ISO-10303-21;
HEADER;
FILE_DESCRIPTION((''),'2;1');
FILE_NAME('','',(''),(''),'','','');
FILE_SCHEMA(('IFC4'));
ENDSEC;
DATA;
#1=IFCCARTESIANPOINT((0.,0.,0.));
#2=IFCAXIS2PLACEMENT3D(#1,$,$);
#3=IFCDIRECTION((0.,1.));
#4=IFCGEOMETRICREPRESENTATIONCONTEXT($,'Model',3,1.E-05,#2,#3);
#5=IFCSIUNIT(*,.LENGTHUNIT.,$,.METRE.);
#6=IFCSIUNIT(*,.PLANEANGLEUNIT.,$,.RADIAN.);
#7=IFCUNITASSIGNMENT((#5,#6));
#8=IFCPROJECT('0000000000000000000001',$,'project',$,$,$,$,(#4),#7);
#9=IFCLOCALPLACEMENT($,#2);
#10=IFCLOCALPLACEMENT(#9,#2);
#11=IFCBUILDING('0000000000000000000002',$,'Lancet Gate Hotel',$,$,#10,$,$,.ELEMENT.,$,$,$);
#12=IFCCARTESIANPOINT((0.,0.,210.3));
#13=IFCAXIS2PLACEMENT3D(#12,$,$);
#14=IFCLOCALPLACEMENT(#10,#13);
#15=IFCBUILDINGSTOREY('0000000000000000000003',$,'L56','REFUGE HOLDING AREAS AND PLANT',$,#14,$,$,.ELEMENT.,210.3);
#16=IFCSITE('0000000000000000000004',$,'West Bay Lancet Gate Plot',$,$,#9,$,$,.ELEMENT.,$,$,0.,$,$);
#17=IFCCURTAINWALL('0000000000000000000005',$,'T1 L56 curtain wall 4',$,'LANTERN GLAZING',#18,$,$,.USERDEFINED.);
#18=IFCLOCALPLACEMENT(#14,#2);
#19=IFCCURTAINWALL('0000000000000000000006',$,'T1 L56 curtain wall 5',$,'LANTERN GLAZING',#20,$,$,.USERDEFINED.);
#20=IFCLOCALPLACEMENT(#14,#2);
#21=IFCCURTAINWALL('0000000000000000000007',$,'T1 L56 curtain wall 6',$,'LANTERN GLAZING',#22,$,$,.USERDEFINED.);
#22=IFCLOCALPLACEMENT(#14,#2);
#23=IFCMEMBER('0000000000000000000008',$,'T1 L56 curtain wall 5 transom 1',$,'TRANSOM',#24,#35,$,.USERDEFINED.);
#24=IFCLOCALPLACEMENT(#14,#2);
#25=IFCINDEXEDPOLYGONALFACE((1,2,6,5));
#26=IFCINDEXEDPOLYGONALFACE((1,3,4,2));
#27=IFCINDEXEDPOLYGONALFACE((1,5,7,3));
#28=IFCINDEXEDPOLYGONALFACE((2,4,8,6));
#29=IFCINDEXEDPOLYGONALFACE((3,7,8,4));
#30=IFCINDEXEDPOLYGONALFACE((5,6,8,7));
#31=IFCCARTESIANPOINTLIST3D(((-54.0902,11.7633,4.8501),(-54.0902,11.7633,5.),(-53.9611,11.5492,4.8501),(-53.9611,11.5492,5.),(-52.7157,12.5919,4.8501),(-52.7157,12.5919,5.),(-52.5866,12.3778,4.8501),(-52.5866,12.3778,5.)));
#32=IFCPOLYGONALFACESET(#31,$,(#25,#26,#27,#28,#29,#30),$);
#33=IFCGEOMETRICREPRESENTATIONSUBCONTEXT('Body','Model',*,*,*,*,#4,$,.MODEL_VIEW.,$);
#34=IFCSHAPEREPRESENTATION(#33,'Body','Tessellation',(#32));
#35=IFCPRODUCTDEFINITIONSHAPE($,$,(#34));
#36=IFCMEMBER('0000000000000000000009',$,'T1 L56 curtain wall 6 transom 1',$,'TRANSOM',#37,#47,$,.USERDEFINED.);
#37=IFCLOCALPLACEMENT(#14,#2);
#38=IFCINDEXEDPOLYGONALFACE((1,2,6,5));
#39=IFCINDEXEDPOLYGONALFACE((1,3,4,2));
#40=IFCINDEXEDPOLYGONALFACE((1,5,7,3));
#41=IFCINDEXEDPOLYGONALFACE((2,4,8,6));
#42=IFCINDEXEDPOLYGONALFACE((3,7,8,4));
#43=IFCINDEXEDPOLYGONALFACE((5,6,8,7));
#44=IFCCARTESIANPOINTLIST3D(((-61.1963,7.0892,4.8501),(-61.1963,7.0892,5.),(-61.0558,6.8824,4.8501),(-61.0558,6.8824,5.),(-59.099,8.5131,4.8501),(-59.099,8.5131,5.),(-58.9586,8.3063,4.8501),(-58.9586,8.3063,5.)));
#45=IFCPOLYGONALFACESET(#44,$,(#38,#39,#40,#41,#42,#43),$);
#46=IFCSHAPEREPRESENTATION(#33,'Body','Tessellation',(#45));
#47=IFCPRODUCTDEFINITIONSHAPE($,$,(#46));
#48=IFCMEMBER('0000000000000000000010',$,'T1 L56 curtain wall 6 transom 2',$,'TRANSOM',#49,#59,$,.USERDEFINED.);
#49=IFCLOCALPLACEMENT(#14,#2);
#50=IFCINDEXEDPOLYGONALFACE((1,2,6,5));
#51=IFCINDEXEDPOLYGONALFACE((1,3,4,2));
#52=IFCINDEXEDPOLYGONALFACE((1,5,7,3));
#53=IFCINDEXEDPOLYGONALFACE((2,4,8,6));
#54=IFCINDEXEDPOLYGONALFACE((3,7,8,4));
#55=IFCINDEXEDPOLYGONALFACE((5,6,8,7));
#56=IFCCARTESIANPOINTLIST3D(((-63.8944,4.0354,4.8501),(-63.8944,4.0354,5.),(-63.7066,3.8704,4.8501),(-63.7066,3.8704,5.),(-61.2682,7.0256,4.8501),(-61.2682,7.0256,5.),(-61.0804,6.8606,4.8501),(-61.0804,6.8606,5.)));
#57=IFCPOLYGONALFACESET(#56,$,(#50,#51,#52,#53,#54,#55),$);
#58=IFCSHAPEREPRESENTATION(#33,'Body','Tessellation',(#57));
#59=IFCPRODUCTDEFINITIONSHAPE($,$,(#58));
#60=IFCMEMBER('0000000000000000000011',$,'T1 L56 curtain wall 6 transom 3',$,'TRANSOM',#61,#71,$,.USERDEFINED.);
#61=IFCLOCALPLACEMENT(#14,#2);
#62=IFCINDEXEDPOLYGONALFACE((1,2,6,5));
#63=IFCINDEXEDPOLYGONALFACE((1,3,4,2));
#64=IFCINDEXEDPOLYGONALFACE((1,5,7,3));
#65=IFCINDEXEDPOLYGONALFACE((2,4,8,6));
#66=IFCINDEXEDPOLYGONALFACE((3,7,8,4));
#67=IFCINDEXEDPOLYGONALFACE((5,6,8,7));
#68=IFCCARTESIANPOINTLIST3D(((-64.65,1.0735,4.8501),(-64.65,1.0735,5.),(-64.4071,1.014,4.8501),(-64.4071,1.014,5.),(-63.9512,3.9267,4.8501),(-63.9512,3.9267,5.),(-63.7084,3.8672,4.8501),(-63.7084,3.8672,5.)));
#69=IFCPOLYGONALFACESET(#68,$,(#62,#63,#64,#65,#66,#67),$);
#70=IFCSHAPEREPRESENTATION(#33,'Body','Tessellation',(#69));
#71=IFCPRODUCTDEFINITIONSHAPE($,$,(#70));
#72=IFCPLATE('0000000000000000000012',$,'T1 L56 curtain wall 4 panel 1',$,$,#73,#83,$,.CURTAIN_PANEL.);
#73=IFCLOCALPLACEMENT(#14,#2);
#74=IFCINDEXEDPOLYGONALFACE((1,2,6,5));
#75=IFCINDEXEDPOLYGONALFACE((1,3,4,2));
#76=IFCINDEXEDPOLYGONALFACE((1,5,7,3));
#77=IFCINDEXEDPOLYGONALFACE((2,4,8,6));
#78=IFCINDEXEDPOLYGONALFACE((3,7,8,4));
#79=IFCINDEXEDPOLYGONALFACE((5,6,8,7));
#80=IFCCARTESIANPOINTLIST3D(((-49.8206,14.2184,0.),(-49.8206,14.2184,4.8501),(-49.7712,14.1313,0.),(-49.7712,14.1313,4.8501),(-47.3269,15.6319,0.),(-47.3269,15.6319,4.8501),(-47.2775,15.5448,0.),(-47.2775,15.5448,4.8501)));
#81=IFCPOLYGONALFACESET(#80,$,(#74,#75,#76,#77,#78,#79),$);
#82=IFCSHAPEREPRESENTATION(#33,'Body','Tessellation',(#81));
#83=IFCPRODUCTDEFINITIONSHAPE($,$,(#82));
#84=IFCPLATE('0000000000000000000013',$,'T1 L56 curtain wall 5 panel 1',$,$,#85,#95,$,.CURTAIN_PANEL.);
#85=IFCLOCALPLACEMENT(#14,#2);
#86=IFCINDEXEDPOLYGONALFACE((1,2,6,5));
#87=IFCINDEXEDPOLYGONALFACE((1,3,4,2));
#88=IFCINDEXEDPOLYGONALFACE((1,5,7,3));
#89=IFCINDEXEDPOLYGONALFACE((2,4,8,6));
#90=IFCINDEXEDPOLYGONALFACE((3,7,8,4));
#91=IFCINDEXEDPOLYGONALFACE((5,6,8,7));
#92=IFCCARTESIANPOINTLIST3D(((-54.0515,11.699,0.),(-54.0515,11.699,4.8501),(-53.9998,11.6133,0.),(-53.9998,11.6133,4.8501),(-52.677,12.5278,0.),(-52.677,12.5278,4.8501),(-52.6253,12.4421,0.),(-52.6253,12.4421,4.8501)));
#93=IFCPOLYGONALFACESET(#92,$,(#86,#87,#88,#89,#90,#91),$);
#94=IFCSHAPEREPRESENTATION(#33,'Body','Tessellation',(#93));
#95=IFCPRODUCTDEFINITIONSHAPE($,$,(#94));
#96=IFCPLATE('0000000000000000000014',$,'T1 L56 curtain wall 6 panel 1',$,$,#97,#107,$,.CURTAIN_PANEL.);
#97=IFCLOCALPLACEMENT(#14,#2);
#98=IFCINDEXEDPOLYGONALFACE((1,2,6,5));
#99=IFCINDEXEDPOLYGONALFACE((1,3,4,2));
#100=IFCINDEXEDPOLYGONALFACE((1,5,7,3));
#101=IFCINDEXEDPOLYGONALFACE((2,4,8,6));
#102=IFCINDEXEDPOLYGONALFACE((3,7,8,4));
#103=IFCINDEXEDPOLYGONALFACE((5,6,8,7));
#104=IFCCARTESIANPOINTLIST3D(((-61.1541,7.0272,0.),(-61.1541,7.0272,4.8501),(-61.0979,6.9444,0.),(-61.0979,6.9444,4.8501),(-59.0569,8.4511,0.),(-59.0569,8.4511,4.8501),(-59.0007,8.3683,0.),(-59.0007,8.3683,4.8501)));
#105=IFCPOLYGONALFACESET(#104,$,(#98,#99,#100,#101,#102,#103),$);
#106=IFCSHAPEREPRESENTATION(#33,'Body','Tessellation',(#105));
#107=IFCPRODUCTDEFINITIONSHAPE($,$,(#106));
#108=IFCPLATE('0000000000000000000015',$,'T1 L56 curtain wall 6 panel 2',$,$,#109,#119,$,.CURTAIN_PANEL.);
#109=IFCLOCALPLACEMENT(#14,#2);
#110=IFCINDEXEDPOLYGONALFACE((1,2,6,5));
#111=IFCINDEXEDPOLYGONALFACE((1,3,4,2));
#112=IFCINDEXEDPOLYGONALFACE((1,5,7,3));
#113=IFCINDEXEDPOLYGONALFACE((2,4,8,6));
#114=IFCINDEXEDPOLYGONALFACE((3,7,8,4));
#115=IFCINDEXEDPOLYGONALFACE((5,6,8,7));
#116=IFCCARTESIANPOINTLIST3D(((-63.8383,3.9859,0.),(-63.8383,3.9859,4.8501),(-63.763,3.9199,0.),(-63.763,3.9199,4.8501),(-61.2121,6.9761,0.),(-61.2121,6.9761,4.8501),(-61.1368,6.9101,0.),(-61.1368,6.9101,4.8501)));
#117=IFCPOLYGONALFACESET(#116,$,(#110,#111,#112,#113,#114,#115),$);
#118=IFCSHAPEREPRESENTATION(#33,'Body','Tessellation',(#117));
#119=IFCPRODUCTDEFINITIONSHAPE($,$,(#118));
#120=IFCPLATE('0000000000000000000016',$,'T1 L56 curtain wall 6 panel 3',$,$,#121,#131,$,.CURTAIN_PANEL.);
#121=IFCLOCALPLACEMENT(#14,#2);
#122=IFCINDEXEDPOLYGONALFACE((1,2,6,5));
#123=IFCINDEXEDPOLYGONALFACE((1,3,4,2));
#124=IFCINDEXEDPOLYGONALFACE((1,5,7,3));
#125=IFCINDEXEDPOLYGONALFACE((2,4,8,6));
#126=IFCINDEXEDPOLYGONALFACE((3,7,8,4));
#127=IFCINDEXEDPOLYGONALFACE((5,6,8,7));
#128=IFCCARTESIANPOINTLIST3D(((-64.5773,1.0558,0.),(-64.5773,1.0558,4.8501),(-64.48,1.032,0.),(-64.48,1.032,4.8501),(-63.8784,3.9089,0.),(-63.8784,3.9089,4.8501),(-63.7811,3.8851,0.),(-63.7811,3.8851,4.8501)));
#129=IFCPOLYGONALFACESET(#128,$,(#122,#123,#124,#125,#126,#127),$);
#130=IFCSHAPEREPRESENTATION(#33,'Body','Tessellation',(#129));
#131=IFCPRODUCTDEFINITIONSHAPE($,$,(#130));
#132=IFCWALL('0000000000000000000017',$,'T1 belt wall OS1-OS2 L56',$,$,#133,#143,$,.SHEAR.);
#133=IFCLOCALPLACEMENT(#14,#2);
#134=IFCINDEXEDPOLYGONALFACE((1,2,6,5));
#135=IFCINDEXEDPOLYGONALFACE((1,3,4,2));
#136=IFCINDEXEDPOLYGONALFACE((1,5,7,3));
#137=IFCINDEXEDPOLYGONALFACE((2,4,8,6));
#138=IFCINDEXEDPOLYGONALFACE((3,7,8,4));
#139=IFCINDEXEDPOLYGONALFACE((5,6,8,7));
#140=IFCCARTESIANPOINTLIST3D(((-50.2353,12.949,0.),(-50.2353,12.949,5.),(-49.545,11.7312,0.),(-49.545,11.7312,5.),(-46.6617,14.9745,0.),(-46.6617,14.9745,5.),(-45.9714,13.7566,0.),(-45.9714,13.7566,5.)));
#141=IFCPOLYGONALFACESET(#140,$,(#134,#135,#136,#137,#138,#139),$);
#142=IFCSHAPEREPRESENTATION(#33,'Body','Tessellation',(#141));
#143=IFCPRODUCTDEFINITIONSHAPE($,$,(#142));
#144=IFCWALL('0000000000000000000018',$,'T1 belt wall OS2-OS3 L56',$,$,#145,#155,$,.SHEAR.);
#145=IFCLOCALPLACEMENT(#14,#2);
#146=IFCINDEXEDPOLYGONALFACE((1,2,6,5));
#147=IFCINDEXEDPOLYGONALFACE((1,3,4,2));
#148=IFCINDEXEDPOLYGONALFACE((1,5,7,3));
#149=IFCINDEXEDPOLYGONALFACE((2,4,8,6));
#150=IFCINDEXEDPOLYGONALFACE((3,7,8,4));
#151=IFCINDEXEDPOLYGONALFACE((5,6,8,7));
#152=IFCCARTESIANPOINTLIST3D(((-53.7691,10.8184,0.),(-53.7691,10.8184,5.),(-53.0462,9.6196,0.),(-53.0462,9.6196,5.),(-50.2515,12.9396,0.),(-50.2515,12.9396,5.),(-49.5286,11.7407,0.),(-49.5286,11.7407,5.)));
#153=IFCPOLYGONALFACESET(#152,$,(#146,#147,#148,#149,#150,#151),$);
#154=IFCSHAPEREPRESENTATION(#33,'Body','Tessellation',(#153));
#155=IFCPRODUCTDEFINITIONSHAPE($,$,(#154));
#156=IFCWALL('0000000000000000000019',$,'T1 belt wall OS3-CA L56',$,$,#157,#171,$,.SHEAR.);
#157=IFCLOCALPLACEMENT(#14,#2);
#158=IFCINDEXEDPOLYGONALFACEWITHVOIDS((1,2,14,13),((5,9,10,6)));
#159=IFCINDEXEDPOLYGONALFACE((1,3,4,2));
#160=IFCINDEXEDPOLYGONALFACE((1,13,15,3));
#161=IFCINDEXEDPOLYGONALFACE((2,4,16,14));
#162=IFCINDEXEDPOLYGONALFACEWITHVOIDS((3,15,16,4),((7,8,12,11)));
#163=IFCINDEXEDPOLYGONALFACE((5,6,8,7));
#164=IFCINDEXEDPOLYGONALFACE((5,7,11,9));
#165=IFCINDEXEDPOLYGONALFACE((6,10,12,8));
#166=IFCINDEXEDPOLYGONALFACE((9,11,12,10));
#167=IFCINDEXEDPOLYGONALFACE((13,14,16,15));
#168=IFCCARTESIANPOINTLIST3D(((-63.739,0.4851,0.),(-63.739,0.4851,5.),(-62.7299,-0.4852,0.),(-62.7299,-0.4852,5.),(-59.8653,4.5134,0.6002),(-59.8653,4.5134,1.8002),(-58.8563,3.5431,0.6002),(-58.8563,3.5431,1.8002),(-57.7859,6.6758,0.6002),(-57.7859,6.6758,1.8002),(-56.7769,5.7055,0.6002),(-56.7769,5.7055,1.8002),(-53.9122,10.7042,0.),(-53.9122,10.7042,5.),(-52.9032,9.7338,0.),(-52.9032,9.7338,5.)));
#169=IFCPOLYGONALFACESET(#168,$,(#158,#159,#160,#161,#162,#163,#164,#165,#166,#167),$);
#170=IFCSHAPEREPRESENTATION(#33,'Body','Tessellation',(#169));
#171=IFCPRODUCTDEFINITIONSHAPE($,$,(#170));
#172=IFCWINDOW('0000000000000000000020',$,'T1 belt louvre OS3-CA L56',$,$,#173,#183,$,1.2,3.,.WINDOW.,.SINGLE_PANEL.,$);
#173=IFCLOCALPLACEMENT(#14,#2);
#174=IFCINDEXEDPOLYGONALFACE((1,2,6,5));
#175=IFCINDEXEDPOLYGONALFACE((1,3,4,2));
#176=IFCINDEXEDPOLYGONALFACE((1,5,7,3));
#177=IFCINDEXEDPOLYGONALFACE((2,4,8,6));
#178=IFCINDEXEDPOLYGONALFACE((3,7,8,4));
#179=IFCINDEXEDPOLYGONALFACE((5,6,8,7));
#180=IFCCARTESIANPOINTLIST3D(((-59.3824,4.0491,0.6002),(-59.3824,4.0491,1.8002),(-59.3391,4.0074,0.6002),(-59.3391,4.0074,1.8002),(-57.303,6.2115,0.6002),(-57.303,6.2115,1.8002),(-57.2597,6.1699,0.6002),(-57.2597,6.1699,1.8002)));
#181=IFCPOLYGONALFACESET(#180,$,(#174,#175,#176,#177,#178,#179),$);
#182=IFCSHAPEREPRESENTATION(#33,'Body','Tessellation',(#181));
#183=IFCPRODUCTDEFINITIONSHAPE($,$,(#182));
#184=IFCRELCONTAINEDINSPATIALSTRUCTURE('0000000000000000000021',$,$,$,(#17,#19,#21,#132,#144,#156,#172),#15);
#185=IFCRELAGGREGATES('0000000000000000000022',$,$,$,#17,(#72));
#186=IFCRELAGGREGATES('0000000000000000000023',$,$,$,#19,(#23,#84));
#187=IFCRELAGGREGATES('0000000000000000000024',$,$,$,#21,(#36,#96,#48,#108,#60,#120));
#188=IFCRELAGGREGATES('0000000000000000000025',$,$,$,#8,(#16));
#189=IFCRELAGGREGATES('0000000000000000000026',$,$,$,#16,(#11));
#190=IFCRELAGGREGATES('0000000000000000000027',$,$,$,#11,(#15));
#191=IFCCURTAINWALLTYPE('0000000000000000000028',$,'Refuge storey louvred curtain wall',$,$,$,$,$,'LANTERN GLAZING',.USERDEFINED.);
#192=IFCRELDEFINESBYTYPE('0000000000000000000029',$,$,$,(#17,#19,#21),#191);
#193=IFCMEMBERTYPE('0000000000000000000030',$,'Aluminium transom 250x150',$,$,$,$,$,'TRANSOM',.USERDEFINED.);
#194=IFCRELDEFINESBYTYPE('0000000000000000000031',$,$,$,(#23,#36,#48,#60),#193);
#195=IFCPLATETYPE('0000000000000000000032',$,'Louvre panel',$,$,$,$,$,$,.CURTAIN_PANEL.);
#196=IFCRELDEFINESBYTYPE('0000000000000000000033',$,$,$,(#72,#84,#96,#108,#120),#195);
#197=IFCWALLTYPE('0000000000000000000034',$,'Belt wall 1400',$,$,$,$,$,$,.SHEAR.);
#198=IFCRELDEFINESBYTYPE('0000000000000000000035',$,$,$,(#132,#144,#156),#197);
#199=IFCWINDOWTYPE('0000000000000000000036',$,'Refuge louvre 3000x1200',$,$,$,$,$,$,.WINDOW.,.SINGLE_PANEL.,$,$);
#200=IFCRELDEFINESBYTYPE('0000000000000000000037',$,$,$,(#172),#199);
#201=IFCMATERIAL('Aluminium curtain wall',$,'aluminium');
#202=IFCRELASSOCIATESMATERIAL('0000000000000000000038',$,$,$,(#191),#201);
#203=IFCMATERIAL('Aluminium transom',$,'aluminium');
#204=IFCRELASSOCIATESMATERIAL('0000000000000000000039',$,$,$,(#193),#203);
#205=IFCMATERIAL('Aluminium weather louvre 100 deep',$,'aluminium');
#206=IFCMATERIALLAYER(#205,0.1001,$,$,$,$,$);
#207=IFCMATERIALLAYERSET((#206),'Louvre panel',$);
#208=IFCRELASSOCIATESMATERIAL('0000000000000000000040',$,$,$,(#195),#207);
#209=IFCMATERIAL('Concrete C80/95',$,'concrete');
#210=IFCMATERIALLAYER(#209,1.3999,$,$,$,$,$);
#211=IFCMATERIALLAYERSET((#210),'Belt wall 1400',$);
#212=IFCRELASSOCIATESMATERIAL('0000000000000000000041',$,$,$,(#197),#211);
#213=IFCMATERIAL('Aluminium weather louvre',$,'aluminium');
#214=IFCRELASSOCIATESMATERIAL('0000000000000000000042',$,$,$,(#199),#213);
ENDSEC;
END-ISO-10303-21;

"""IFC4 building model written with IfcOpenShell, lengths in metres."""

from ifc_helpers import new_model, si_unit, direction, frame, frame_2d, origin, origin_2d, place, context, subcontext, project, spatial, rectangle, extrude, material, layer, layer_set, material_profile, profile_set, type_object, element, fill, aggregate, save


model = new_model("IFC4")

# Units and contexts
model_context = context("Model", 3, precision=1e-05, world=origin(), true_north=direction((0.0, 1.0)))
body_context = subcontext(model_context, "Body", "Model", "MODEL_VIEW")
ifc_project = project(units=[si_unit("LENGTHUNIT", "METRE"), si_unit("PLANEANGLEUNIT", "RADIAN")], contexts=[model_context])

# Site, building, storey
site_placement = place(None, origin())
site = spatial("IfcSite", under=ifc_project, at=site_placement, Name="West Bay Lancet Gate Plot", CompositionType="ELEMENT", RefElevation=0.0)
building_placement = place(site_placement, origin())
building = spatial("IfcBuilding", under=site, at=building_placement, Name="Lancet Gate Hotel", CompositionType="ELEMENT")
storey_placement = place(building_placement, frame((0.0, 0.0, 210.3)))
storey = spatial("IfcBuildingStorey", under=building, at=storey_placement, Name="L56", Description="REFUGE HOLDING AREAS AND PLANT", CompositionType="ELEMENT", Elevation=210.3)

# Curtain walls
ifc_material_1 = material(Name="Aluminium curtain wall", Category="aluminium")
curtain_wall_type = type_object("IfcCurtainWallType", Name="Refuge storey louvred curtain wall", ElementType="LANTERN GLAZING", PredefinedType="USERDEFINED", material=ifc_material_1)
curtain_wall_1_placement = place(storey_placement, origin())
curtain_wall_1 = element("IfcCurtainWall", 1, at=curtain_wall_1_placement, inside=storey, type_object=curtain_wall_type, Name="T1 L56 curtain wall 4", ObjectType="LANTERN GLAZING", PredefinedType="USERDEFINED")
curtain_wall_2_placement = place(storey_placement, origin())
curtain_wall_2 = element("IfcCurtainWall", 2, at=curtain_wall_2_placement, inside=storey, type_object=curtain_wall_type, Name="T1 L56 curtain wall 5", ObjectType="LANTERN GLAZING", PredefinedType="USERDEFINED")
curtain_wall_3_placement = place(storey_placement, origin())
curtain_wall_3 = element("IfcCurtainWall", 3, at=curtain_wall_3_placement, inside=storey, type_object=curtain_wall_type, Name="T1 L56 curtain wall 6", ObjectType="LANTERN GLAZING", PredefinedType="USERDEFINED")

# Members
ifc_material_2 = material(Name="Aluminium transom", Category="aluminium")
ifc_material_profile_1 = material_profile(ifc_material_2, rectangle(XDim=0.25, YDim=0.1499, at=origin_2d()), Name="TRANSOM 250x150")
ifc_profile_set_1 = profile_set([ifc_material_profile_1], Name="Aluminium transom")
member_type_1 = type_object("IfcMemberType", Name="Aluminium transom 250x150", ElementType="TRANSOM", PredefinedType="USERDEFINED", material=ifc_profile_set_1)
member_1_placement = place(storey_placement, frame((-52.6511, 12.4849, 4.925), z_axis=(-0.856417, -0.516284, 0.0), x_axis=(0.516284, -0.856417, 0.0)))
member_1 = element("IfcMember", 4, at=member_1_placement, type_object=member_type_1, Name="T1 L56 curtain wall 5 transom 1", ObjectType="TRANSOM", PredefinedType="USERDEFINED", context=body_context, shape_type="SweptSolid", body=[
    extrude(rectangle(XDim=0.25, YDim=0.1499, at=origin_2d()), origin(), (0.0, 0.0, 1.0), 1.605),
])
member_2_placement = place(storey_placement, frame((-59.0288, 8.4097, 4.925), z_axis=(-0.827338, -0.561704, 0.0), x_axis=(0.561704, -0.827338, 0.0)))
member_2 = element("IfcMember", 5, at=member_2_placement, type_object=member_type_1, Name="T1 L56 curtain wall 6 transom 1", ObjectType="TRANSOM", PredefinedType="USERDEFINED", context=body_context, shape_type="SweptSolid", body=[
    extrude(rectangle(XDim=0.25, YDim=0.1499, at=origin_2d()), origin(), (0.0, 0.0, 1.0), 2.5349),
])
member_3_placement = place(storey_placement, frame((-61.1743, 6.9431, 4.925), z_axis=(-0.659893, -0.751359, 0.0), x_axis=(0.751359, -0.659893, 0.0)))
member_3 = element("IfcMember", 6, at=member_3_placement, type_object=member_type_1, Name="T1 L56 curtain wall 6 transom 2", ObjectType="TRANSOM", PredefinedType="USERDEFINED", context=body_context, shape_type="SweptSolid", body=[
    extrude(rectangle(XDim=0.25, YDim=0.1499, at=origin_2d()), origin(), (0.0, 0.0, 1.0), 3.9797),
])
member_4_placement = place(storey_placement, frame((-63.8298, 3.897, 4.925), z_axis=(-0.237859, -0.9713, 0.0), x_axis=(0.9713, -0.237859, 0.0)))
member_4 = element("IfcMember", 7, at=member_4_placement, type_object=member_type_1, Name="T1 L56 curtain wall 6 transom 3", ObjectType="TRANSOM", PredefinedType="USERDEFINED", context=body_context, shape_type="SweptSolid", body=[
    extrude(rectangle(XDim=0.25, YDim=0.1499, at=origin_2d()), origin(), (0.0, 0.0, 1.0), 2.9375),
])

# Plates
ifc_material_3 = material(Name="Aluminium weather louvre 100 deep", Category="aluminium")
ifc_layer_1 = layer(ifc_material_3, 0.1001)
ifc_layer_set_1 = layer_set([ifc_layer_1], Name="Louvre panel")
plate_type = type_object("IfcPlateType", Name="Louvre panel", PredefinedType="CURTAIN_PANEL", material=ifc_layer_set_1)
plate_1_placement = place(storey_placement, frame((-48.5491, 14.8816, 0.0), z_axis=(0.0, 0.0, 1.0), x_axis=(-0.869958, -0.493126, 0.0)))
plate_1 = element("IfcPlate", 8, at=plate_1_placement, type_object=plate_type, Name="T1 L56 curtain wall 4 panel 1", PredefinedType="CURTAIN_PANEL", context=body_context, shape_type="SweptSolid", body=[
    extrude(rectangle(XDim=2.8665, YDim=0.1001, at=origin_2d()), origin(), (0.0, 0.0, 1.0), 4.8501),
])
aggregate(curtain_wall_1, [plate_1])
plate_2_placement = place(storey_placement, frame((-53.3384, 12.0706, 0.0), z_axis=(0.0, 0.0, 1.0), x_axis=(-0.85637, -0.516363, 0.0)))
plate_2 = element("IfcPlate", 9, at=plate_2_placement, type_object=plate_type, Name="T1 L56 curtain wall 5 panel 1", PredefinedType="CURTAIN_PANEL", context=body_context, shape_type="SweptSolid", body=[
    extrude(rectangle(XDim=1.605, YDim=0.1001, at=origin_2d()), origin(), (0.0, 0.0, 1.0), 4.8501),
])
aggregate(curtain_wall_2, [member_1, plate_2])
plate_3_placement = place(storey_placement, frame((-60.0774, 7.6978, 0.0), z_axis=(0.0, 0.0, 1.0), x_axis=(-0.827342, -0.561698, 0.0)))
plate_3 = element("IfcPlate", 10, at=plate_3_placement, type_object=plate_type, Name="T1 L56 curtain wall 6 panel 1", PredefinedType="CURTAIN_PANEL", context=body_context, shape_type="SweptSolid", body=[
    extrude(rectangle(XDim=2.5349, YDim=0.1001, at=origin_2d()), origin(), (0.0, 0.0, 1.0), 4.8501),
])
plate_4_placement = place(storey_placement, frame((-62.4875, 5.448, 0.0), z_axis=(0.0, 0.0, 1.0), x_axis=(-0.659892, -0.751361, 0.0)))
plate_4 = element("IfcPlate", 11, at=plate_4_placement, type_object=plate_type, Name="T1 L56 curtain wall 6 panel 2", PredefinedType="CURTAIN_PANEL", context=body_context, shape_type="SweptSolid", body=[
    extrude(rectangle(XDim=3.9797, YDim=0.1001, at=origin_2d()), origin(), (0.0, 0.0, 1.0), 4.8501),
])
plate_5_placement = place(storey_placement, frame((-64.1792, 2.4705, 0.0), z_axis=(0.0, 0.0, 1.0), x_axis=(-0.237921, -0.971285, 0.0)))
plate_5 = element("IfcPlate", 12, at=plate_5_placement, type_object=plate_type, Name="T1 L56 curtain wall 6 panel 3", PredefinedType="CURTAIN_PANEL", context=body_context, shape_type="SweptSolid", body=[
    extrude(rectangle(XDim=2.9375, YDim=0.1001, at=origin_2d()), origin(), (0.0, 0.0, 1.0), 4.8501),
])
aggregate(curtain_wall_3, [member_2, plate_3, member_3, plate_4, member_4, plate_5])

# Walls
ifc_material_4 = material(Name="Concrete C80/95", Category="concrete")
ifc_layer_2 = layer(ifc_material_4, 1.3999)
ifc_layer_set_2 = layer_set([ifc_layer_2], Name="Belt wall 1400")
wall_type_1 = type_object("IfcWallType", Name="Belt wall 1400", PredefinedType="SHEAR", material=ifc_layer_set_2)
for number, where, z_axis, x_axis, name in (
    (13, (-46.3167, 14.3655, 0.0), (0.0, 0.0, 1.0), (-0.869979, -0.493089, 0.0), "T1 belt wall OS1-OS2 L56"),
    (14, (-49.8901, 12.3401, 0.0), (0.0, 0.0, 1.0), (-0.856358, -0.516382, 0.0), "T1 belt wall OS2-OS3 L56"),
):
    element("IfcWall", number, at=place(storey_placement, frame(where, z_axis=z_axis, x_axis=x_axis)), inside=storey, type_object=wall_type_1, Name=name, PredefinedType="SHEAR", context=body_context, shape_type="SweptSolid", body=[
        extrude(rectangle(XDim=4.1077, YDim=1.3999, at=frame_2d((2.0537, 0.0))), origin(), (0.0, 0.0, 1.0), 5.0),
    ])

# Wall, opening, window
wall_1_placement = place(storey_placement, frame((-53.4077, 10.219, 0.0), z_axis=(0.0, 0.0, 1.0), x_axis=(-0.693135, -0.720808, 0.0)))
wall_1 = element("IfcWall", 15, at=wall_1_placement, inside=storey, type_object=wall_type_1, Name="T1 belt wall OS3-CA L56", PredefinedType="SHEAR", context=body_context, shape_type="SweptSolid", body=[
    extrude(rectangle(XDim=14.1772, YDim=1.3999, at=frame_2d((7.0886, 0.0))), origin(), (0.0, 0.0, 1.0), 5.0),
])
opening_1_placement = place(wall_1_placement, frame((5.5886, 0.0, 0.6001)))
opening_1 = element("IfcOpeningElement", 16, at=opening_1_placement, cuts=wall_1, PredefinedType="OPENING", context=body_context, shape_type="SweptSolid", body=[
    extrude(rectangle(XDim=3.0, YDim=1.2, at=frame_2d((1.5, 0.6001))), frame((0.0, 0.71, 0.0), z_axis=(0.0, -1.0, 0.0), x_axis=(1.0, 0.0, 0.0)), (0.0, 0.0, 1.0), 1.4199),
])
ifc_material_5 = material(Name="Aluminium weather louvre", Category="aluminium")
window_type = type_object("IfcWindowType", Name="Refuge louvre 3000x1200", PartitioningType="SINGLE_PANEL", PredefinedType="WINDOW", material=ifc_material_5)
window_1_placement = place(opening_1_placement, origin())
window_1 = element("IfcWindow", 17, at=window_1_placement, inside=storey, type_object=window_type, Name="T1 belt louvre OS3-CA L56", OverallHeight=1.2, OverallWidth=3.0, PartitioningType="SINGLE_PANEL", PredefinedType="WINDOW", context=body_context, shape_type="SweptSolid", body=[
    extrude(rectangle(XDim=3.0, YDim=1.2, at=frame_2d((1.5, 0.6001))), frame((0.0, 0.03, 0.0), z_axis=(0.0, -1.0, 0.0), x_axis=(1.0, 0.0, 0.0)), (0.0, 0.0, 1.0), 0.0601),
])
fill(opening_1, window_1)

save(model, "model.ifc")
